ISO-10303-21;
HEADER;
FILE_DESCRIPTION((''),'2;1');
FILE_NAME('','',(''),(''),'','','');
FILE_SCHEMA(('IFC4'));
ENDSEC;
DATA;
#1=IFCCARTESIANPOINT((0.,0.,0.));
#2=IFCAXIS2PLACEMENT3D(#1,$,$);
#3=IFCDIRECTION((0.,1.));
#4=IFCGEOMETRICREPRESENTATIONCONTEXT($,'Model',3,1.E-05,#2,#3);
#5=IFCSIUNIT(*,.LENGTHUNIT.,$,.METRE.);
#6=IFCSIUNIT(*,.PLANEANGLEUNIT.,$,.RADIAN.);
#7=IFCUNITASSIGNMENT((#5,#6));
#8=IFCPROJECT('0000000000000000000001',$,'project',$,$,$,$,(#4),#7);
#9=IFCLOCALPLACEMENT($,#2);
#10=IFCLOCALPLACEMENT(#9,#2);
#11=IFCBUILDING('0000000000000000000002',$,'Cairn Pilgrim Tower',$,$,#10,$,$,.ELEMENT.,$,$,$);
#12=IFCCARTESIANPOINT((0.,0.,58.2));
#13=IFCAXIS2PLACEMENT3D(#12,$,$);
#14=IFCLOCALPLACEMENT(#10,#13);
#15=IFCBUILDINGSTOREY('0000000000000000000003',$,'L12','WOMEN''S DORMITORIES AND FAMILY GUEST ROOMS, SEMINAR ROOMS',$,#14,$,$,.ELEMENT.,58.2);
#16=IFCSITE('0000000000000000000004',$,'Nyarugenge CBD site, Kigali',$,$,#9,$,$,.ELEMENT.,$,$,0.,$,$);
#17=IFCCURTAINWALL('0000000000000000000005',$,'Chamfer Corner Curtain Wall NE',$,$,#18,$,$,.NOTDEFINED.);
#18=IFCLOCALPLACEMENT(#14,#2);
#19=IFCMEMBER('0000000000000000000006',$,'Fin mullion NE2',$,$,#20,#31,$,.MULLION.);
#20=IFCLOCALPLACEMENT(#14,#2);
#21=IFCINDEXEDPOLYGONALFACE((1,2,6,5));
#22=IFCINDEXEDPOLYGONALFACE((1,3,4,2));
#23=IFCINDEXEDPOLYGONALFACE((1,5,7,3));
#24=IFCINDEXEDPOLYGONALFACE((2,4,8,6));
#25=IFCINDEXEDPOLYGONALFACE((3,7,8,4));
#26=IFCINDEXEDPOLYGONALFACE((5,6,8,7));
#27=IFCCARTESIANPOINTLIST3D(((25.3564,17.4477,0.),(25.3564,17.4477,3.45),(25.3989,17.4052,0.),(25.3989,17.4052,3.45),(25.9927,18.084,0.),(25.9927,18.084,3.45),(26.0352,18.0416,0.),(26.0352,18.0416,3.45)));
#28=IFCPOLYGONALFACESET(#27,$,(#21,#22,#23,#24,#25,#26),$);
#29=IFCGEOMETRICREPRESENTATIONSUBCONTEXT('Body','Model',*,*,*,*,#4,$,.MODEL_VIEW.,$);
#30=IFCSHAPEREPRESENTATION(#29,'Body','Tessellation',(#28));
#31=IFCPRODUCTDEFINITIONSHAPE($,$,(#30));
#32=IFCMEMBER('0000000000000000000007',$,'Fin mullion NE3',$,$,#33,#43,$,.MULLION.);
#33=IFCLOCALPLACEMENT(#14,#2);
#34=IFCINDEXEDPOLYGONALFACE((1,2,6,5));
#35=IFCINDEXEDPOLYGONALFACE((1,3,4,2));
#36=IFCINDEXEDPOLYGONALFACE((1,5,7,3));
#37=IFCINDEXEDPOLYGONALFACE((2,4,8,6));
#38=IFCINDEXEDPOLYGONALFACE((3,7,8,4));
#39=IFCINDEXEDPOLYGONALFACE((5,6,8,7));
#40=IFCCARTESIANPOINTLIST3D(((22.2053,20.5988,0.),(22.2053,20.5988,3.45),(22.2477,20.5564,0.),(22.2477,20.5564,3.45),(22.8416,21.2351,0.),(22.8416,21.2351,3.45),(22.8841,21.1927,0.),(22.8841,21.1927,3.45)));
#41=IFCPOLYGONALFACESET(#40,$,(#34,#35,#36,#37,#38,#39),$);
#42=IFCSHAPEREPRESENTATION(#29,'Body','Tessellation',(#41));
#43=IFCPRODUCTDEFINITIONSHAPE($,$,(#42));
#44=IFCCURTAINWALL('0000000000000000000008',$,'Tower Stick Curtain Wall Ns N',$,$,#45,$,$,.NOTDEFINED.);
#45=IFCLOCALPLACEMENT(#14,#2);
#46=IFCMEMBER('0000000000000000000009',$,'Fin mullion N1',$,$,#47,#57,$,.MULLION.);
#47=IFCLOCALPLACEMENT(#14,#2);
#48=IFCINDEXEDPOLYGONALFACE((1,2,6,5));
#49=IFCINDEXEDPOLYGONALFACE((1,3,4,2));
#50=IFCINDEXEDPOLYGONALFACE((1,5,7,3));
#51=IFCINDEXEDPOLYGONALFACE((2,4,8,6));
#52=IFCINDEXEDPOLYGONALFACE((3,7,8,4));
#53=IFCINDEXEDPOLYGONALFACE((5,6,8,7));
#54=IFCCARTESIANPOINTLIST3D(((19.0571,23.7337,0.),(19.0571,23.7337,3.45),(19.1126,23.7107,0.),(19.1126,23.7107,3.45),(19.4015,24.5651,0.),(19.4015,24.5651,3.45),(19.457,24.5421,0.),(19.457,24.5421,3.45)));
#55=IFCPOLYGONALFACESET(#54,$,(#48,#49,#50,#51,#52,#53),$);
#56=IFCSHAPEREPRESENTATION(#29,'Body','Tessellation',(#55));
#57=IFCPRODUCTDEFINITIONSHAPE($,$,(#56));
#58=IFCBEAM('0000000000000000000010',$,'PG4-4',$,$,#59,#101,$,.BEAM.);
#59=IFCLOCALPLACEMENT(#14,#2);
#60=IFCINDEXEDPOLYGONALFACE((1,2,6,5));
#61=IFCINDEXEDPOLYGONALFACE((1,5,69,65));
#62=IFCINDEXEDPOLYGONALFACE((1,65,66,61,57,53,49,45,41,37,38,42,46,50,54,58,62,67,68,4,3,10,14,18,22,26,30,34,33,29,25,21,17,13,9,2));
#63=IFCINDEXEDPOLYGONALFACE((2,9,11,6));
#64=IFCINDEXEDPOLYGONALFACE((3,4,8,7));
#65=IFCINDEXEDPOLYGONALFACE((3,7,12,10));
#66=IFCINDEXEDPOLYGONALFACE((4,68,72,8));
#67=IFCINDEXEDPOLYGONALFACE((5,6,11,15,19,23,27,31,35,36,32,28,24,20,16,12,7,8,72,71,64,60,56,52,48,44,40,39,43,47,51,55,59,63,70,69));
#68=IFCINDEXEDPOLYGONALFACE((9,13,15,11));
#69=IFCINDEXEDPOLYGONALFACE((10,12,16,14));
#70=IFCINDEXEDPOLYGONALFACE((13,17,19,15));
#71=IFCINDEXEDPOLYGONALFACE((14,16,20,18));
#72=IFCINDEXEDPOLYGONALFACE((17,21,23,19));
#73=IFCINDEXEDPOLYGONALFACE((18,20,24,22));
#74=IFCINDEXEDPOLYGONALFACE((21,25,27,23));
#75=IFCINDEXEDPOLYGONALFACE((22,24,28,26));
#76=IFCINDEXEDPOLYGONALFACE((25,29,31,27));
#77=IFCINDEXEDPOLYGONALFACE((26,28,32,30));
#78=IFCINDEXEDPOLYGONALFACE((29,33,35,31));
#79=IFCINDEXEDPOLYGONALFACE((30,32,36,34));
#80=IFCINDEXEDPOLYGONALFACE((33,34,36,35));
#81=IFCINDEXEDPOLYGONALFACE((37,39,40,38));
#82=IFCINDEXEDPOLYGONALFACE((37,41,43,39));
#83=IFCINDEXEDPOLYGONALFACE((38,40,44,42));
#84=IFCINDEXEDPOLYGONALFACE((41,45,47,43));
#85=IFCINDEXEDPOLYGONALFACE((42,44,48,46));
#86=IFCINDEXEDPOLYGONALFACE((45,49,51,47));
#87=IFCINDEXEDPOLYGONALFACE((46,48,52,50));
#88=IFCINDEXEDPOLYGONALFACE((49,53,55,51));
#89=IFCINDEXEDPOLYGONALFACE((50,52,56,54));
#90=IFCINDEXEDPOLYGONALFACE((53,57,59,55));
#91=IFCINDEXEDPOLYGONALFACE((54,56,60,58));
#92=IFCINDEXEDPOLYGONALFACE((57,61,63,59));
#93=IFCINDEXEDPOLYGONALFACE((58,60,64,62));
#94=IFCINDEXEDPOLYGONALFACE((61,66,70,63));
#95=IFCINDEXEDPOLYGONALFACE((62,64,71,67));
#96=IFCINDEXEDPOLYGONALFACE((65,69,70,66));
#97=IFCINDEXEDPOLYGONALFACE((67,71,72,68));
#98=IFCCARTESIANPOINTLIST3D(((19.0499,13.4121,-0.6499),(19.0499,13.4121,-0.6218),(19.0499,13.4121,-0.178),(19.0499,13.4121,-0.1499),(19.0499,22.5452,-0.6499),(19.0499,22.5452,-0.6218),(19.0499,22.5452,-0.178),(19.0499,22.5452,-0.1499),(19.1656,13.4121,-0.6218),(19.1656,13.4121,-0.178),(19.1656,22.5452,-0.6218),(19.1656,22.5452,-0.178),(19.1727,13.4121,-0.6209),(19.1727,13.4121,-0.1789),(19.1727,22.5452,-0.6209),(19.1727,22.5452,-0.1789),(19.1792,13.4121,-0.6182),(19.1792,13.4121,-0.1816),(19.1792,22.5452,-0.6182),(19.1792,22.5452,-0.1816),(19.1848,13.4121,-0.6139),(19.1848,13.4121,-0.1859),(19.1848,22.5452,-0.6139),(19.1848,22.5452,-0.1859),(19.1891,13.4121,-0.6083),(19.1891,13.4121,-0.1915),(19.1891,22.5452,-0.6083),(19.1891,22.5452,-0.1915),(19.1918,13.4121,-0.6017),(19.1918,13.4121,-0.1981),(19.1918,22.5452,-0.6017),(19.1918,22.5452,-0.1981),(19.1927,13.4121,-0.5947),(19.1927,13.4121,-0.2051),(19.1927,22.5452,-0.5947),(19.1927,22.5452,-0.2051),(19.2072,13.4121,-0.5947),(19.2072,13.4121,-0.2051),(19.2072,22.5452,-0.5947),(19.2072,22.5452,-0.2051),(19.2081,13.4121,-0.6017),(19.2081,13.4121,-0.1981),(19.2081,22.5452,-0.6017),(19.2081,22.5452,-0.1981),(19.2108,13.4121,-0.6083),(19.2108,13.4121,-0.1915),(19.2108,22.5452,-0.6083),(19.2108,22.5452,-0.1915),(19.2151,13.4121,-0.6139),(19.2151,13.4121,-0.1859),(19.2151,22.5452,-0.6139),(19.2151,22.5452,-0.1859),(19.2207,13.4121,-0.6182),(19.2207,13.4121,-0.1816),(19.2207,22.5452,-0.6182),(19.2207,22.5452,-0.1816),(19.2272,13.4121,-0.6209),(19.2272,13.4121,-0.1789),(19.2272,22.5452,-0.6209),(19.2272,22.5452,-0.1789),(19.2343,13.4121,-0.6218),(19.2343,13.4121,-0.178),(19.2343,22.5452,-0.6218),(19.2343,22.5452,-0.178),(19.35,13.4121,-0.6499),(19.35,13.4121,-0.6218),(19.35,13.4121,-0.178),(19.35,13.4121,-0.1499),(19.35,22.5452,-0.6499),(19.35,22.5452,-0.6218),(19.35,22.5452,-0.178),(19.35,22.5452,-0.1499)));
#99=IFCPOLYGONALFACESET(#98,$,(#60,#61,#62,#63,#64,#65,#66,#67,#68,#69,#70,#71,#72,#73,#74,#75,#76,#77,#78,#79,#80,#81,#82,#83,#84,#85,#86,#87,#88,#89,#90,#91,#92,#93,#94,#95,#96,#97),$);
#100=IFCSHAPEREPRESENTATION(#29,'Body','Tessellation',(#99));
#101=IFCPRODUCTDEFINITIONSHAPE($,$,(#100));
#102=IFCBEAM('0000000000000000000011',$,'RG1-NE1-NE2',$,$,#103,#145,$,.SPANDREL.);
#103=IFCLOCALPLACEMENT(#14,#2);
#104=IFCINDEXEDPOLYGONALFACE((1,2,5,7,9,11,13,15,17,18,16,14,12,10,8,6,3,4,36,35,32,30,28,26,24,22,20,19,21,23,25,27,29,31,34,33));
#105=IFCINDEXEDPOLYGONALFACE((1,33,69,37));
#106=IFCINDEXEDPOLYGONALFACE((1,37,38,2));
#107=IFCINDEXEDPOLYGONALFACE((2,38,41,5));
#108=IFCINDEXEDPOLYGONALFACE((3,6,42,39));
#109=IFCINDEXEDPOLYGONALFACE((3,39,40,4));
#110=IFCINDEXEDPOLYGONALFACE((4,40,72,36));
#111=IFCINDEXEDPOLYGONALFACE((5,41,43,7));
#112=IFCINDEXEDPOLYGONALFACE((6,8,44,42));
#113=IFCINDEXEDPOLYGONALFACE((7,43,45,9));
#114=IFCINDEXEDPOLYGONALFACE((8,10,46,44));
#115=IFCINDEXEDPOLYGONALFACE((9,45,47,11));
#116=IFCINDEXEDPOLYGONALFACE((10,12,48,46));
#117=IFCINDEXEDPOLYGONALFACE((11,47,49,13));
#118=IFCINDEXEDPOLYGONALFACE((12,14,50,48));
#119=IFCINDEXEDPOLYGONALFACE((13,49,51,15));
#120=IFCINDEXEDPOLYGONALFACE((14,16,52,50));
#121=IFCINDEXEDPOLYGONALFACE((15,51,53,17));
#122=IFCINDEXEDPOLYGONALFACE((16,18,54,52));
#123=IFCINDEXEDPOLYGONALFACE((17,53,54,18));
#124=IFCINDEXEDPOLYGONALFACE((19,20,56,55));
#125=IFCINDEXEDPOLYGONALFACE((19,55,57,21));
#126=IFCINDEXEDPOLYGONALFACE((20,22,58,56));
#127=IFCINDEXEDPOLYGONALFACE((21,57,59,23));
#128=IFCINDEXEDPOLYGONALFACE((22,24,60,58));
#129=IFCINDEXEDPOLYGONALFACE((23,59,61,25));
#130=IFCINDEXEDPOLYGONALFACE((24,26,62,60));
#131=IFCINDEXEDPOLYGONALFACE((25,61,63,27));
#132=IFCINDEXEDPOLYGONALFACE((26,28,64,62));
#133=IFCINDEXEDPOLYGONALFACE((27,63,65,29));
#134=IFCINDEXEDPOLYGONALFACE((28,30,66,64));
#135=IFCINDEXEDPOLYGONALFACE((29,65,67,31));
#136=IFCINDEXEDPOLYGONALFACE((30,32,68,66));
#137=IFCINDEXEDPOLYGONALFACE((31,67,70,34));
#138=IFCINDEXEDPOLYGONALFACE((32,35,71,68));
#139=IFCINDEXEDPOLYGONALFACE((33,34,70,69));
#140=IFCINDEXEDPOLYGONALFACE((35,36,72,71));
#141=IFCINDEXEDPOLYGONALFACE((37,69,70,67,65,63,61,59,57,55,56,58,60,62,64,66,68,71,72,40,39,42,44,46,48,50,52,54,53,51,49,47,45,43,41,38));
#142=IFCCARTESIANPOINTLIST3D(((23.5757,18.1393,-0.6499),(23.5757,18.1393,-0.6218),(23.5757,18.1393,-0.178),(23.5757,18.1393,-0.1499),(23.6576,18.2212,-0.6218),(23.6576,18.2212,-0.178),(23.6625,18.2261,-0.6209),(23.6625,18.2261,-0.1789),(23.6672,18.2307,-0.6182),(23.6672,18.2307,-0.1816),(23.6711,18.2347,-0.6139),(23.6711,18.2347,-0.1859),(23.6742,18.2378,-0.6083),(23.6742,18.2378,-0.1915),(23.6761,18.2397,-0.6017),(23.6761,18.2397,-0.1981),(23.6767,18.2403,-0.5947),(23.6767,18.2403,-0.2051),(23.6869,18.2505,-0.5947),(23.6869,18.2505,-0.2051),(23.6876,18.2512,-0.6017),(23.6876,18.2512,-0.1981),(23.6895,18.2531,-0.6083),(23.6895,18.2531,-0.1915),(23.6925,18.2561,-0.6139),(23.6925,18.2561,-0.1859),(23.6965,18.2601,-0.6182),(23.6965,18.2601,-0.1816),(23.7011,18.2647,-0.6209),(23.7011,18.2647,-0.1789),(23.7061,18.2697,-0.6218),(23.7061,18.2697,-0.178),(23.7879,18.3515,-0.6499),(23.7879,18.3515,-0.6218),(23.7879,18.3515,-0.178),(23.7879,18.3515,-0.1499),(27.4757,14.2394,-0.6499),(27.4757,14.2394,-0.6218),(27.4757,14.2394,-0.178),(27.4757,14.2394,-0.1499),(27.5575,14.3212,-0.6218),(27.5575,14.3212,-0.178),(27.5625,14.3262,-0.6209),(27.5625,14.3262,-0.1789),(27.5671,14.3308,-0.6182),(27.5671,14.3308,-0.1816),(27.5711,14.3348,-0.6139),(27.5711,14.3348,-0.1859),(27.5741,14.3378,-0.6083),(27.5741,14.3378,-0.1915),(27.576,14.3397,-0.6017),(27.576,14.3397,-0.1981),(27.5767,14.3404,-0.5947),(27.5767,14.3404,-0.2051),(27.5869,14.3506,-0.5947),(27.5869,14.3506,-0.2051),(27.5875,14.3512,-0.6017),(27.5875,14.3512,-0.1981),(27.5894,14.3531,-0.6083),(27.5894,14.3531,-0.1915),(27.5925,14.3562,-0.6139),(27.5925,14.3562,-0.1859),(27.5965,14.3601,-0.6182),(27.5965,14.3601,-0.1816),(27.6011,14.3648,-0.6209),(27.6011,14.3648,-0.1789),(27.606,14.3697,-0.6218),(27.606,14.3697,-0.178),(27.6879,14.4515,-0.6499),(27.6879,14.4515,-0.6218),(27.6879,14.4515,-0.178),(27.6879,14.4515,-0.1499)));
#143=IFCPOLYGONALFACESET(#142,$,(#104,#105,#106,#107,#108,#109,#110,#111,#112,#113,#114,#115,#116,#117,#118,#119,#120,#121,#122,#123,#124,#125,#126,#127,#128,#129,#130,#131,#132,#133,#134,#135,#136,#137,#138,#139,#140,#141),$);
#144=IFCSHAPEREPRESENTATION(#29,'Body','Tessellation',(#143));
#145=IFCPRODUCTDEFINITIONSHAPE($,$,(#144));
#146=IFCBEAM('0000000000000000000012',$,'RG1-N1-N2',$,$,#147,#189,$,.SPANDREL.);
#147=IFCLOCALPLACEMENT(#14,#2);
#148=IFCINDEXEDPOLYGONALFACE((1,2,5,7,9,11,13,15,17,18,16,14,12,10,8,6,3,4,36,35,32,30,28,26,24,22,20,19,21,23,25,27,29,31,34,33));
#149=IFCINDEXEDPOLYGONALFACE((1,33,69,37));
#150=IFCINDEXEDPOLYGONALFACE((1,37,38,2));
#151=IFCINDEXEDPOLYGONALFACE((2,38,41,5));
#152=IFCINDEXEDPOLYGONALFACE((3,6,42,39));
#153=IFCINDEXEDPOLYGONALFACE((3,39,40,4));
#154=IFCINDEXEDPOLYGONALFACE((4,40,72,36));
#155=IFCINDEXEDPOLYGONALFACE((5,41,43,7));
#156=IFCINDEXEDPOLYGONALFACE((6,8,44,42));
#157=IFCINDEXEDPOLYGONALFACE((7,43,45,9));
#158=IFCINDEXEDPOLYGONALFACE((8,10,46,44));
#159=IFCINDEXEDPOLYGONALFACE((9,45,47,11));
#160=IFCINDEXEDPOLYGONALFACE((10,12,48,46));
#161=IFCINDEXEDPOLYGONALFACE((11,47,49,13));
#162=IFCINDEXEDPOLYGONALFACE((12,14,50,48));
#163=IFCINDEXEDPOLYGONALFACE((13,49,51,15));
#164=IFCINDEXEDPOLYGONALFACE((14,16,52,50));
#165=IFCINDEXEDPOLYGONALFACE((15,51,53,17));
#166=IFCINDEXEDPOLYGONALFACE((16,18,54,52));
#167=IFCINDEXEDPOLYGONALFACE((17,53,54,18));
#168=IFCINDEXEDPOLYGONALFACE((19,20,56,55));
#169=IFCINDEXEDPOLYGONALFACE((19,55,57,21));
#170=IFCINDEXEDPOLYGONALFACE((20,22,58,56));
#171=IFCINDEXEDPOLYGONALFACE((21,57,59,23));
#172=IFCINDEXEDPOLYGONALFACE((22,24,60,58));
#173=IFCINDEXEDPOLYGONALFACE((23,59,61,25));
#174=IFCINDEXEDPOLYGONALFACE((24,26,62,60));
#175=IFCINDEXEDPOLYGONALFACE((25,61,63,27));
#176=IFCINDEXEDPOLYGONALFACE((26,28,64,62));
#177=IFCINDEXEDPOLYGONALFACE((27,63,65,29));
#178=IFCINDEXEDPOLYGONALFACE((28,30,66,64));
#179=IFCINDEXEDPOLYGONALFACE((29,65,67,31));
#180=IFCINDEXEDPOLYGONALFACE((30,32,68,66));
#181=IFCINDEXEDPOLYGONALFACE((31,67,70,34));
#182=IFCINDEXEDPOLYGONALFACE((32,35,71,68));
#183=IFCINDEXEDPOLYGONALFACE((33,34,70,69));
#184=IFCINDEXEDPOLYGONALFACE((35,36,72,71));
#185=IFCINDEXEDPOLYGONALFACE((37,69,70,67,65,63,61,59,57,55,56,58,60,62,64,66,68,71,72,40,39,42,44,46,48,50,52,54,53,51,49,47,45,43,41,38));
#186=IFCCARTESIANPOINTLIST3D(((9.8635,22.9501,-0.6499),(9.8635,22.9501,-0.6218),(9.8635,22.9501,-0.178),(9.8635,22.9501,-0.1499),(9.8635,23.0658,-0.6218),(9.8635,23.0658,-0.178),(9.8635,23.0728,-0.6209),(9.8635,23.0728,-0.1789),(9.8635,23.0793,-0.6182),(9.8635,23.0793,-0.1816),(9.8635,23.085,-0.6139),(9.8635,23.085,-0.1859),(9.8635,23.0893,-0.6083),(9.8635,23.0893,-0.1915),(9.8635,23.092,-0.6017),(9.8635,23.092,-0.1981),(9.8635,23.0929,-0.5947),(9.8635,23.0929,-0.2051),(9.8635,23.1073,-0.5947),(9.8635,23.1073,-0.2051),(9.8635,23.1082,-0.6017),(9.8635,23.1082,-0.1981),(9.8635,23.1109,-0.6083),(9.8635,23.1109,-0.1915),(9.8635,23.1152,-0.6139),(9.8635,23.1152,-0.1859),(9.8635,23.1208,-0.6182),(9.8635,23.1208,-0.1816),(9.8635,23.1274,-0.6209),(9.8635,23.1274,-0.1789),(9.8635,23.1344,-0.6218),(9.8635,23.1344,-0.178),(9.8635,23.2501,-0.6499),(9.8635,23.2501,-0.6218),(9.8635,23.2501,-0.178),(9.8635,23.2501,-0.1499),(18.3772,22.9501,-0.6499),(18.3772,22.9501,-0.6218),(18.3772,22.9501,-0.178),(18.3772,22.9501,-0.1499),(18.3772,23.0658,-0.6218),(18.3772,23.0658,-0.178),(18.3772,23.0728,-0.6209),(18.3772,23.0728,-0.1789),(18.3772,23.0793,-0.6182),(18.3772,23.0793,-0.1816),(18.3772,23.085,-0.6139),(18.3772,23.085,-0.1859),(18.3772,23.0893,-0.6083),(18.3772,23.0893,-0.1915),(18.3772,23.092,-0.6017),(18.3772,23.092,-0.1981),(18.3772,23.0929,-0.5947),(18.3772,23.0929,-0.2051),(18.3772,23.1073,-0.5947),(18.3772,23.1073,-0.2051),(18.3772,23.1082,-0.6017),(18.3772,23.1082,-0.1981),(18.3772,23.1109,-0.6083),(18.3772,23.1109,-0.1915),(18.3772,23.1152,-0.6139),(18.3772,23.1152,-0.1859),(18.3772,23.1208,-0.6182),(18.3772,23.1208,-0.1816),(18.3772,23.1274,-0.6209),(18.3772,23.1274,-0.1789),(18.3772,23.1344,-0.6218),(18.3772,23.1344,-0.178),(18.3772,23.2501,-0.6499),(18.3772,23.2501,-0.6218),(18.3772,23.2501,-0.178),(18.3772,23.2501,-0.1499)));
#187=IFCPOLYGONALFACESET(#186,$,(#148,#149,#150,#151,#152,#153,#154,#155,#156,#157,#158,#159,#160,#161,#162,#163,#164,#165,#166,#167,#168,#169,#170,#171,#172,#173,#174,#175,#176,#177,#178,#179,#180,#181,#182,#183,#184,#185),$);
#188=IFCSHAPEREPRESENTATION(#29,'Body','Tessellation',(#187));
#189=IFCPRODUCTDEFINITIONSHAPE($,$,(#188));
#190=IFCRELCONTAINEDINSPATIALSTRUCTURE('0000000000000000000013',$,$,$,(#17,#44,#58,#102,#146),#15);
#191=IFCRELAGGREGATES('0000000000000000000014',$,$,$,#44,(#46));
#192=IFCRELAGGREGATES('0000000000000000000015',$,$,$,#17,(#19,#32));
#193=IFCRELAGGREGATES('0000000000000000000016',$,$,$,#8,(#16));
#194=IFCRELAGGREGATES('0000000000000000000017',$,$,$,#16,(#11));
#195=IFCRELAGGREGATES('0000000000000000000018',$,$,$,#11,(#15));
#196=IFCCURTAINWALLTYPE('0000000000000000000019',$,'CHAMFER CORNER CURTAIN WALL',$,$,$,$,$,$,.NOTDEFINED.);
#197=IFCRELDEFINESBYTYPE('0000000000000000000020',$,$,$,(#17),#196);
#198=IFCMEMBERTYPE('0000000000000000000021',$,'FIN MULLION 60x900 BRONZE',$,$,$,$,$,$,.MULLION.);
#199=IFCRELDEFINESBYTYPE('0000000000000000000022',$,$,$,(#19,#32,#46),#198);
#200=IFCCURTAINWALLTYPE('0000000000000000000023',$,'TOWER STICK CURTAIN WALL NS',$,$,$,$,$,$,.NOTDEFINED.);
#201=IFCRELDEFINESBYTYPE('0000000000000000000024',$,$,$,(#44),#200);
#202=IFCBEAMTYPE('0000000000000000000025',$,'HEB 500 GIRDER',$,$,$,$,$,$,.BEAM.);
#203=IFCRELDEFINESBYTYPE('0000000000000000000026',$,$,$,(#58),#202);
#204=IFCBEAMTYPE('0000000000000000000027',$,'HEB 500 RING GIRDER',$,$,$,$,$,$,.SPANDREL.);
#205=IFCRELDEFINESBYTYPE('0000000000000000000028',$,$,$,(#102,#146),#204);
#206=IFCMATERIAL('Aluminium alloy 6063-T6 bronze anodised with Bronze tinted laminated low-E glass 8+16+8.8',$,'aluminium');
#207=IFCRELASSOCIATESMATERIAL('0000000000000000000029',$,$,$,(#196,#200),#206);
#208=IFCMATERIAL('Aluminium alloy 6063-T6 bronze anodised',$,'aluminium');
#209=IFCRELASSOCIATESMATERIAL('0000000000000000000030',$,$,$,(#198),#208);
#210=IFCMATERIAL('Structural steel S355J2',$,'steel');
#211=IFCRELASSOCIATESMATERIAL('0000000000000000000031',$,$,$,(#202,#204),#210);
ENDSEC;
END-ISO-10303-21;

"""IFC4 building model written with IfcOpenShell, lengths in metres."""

from ifc_helpers import new_model, si_unit, direction, frame, origin, origin_2d, place, context, subcontext, project, spatial, rectangle, i_section, extrude, material, material_profile, profile_set, type_object, element, aggregate, save


model = new_model("IFC4")

# Units and contexts
model_context = context("Model", 3, precision=1e-05, world=origin(), true_north=direction((0.0, 1.0)))
body_context = subcontext(model_context, "Body", "Model", "MODEL_VIEW")
ifc_project = project(units=[si_unit("LENGTHUNIT", "METRE"), si_unit("PLANEANGLEUNIT", "RADIAN")], contexts=[model_context])

# Site, building, storey
site_placement = place(None, origin())
site = spatial("IfcSite", under=ifc_project, at=site_placement, Name="Nyarugenge CBD site, Kigali", CompositionType="ELEMENT", RefElevation=0.0)
building_placement = place(site_placement, origin())
building = spatial("IfcBuilding", under=site, at=building_placement, Name="Cairn Pilgrim Tower", CompositionType="ELEMENT")
storey_placement = place(building_placement, frame((0.0, 0.0, 58.2)))
storey = spatial("IfcBuildingStorey", under=building, at=storey_placement, Name="L12", Description="WOMEN'S DORMITORIES AND FAMILY GUEST ROOMS, SEMINAR ROOMS", CompositionType="ELEMENT", Elevation=58.2)

# Shared definitions
ifc_material_1 = material(Name="Structural steel S355J2", Category="steel")

# Curtain wall, members
ifc_material_2 = material(Name="Aluminium alloy 6063-T6 bronze anodised with Bronze tinted laminated low-E glass 8+16+8.8", Category="aluminium")
curtain_wall_type_1 = type_object("IfcCurtainWallType", Name="CHAMFER CORNER CURTAIN WALL", PredefinedType="NOTDEFINED", material=ifc_material_2)
curtain_wall_1_placement = place(storey_placement, origin())
curtain_wall_1 = element("IfcCurtainWall", 1, at=curtain_wall_1_placement, inside=storey, type_object=curtain_wall_type_1, Name="Chamfer Corner Curtain Wall NE", PredefinedType="NOTDEFINED")
ifc_material_3 = material(Name="Aluminium alloy 6063-T6 bronze anodised", Category="aluminium")
ifc_material_profile_1 = material_profile(ifc_material_3, rectangle(XDim=0.8999, YDim=0.0601, at=origin_2d()), Name="FIN MULLION 60x900 BRONZE")
ifc_profile_set_1 = profile_set([ifc_material_profile_1], Name="Aluminium alloy 6063-T6 bronze anodised")
member_type_1 = type_object("IfcMemberType", Name="FIN MULLION 60x900 BRONZE", PredefinedType="MULLION", material=ifc_profile_set_1)
member_1_placement = place(storey_placement, frame((25.6958, 17.7446, 0.0), z_axis=(0.0, 0.0, 1.0), x_axis=(0.707107, 0.707107, 0.0)))
member_1 = element("IfcMember", 2, at=member_1_placement, type_object=member_type_1, Name="Fin mullion NE2", PredefinedType="MULLION", context=body_context, shape_type="SweptSolid", body=[
    extrude(rectangle(XDim=0.8999, YDim=0.0601, at=origin_2d()), origin(), (0.0, 0.0, 1.0), 3.45),
])
member_2_placement = place(storey_placement, frame((22.5447, 20.8958, 0.0), z_axis=(0.0, 0.0, 1.0), x_axis=(0.707107, 0.707107, 0.0)))
member_2 = element("IfcMember", 3, at=member_2_placement, type_object=member_type_1, Name="Fin mullion NE3", PredefinedType="MULLION", context=body_context, shape_type="SweptSolid", body=[
    extrude(rectangle(XDim=0.8999, YDim=0.0601, at=origin_2d()), origin(), (0.0, 0.0, 1.0), 3.45),
])

# Curtain wall, member
curtain_wall_type_2 = type_object("IfcCurtainWallType", Name="TOWER STICK CURTAIN WALL NS", PredefinedType="NOTDEFINED", material=ifc_material_2)
curtain_wall_2_placement = place(storey_placement, origin())
curtain_wall_2 = element("IfcCurtainWall", 4, at=curtain_wall_2_placement, inside=storey, type_object=curtain_wall_type_2, Name="Tower Stick Curtain Wall Ns N", PredefinedType="NOTDEFINED")
member_3_placement = place(storey_placement, frame((19.2571, 24.1379, 0.0), z_axis=(0.0, 0.0, 1.0), x_axis=(0.382683, 0.92388, 0.0)))
member_3 = element("IfcMember", 5, at=member_3_placement, type_object=member_type_1, Name="Fin mullion N1", PredefinedType="MULLION", context=body_context, shape_type="SweptSolid", body=[
    extrude(rectangle(XDim=0.8999, YDim=0.0601, at=origin_2d()), origin(), (0.0, 0.0, 1.0), 3.45),
])

# Beams
ifc_material_profile_2 = material_profile(ifc_material_1, i_section(OverallWidth=0.3, OverallDepth=0.5, WebThickness=0.0144, FlangeThickness=0.0281, FilletRadius=0.0271, at=origin_2d()), Name="HEB 500")
ifc_profile_set_2 = profile_set([ifc_material_profile_2], Name="Structural steel S355J2")
beam_type_1 = type_object("IfcBeamType", Name="HEB 500 GIRDER", PredefinedType="BEAM", material=ifc_profile_set_2)
beam_1_placement = place(storey_placement, frame((19.2, 13.4121, -0.3999), z_axis=(0.0, 1.0, 0.0), x_axis=(-1.0, 0.0, 0.0)))
element("IfcBeam", 6, at=beam_1_placement, inside=storey, type_object=beam_type_1, Name="PG4-4", PredefinedType="BEAM", context=body_context, shape_type="SweptSolid", body=[
    extrude(i_section(OverallWidth=0.3, OverallDepth=0.5, WebThickness=0.0144, FlangeThickness=0.0281, FilletRadius=0.0271, at=origin_2d()), origin(), (0.0, 0.0, 1.0), 9.1331),
])
ifc_material_profile_3 = material_profile(ifc_material_1, i_section(OverallWidth=0.3, OverallDepth=0.5, WebThickness=0.0144, FlangeThickness=0.0281, FilletRadius=0.0271, at=origin_2d()), Name="HEB 500")
ifc_profile_set_3 = profile_set([ifc_material_profile_3], Name="Structural steel S355J2")
beam_type_2 = type_object("IfcBeamType", Name="HEB 500 RING GIRDER", PredefinedType="SPANDREL", material=ifc_profile_set_3)
beam_2_placement = place(storey_placement, frame((27.5818, 14.3455, -0.3999), z_axis=(-0.707107, 0.707107, 0.0), x_axis=(-0.707107, -0.707107, 0.0)))
element("IfcBeam", 7, at=beam_2_placement, inside=storey, type_object=beam_type_2, Name="RG1-NE1-NE2", PredefinedType="SPANDREL", context=body_context, shape_type="SweptSolid", body=[
    extrude(i_section(OverallWidth=0.3, OverallDepth=0.5, WebThickness=0.0144, FlangeThickness=0.0281, FilletRadius=0.0271, at=origin_2d()), origin(), (0.0, 0.0, 1.0), 5.5154),
])
beam_3_placement = place(storey_placement, frame((18.3772, 23.1001, -0.3999), z_axis=(-1.0, 0.0, 0.0), x_axis=(0.0, -1.0, 0.0)))
element("IfcBeam", 8, at=beam_3_placement, inside=storey, type_object=beam_type_2, Name="RG1-N1-N2", PredefinedType="SPANDREL", context=body_context, shape_type="SweptSolid", body=[
    extrude(i_section(OverallWidth=0.3, OverallDepth=0.5, WebThickness=0.0144, FlangeThickness=0.0281, FilletRadius=0.0271, at=origin_2d()), origin(), (0.0, 0.0, 1.0), 8.5137),
])

aggregate(curtain_wall_2, [member_3])

aggregate(curtain_wall_1, [member_1, member_2])

save(model, "model.ifc")
